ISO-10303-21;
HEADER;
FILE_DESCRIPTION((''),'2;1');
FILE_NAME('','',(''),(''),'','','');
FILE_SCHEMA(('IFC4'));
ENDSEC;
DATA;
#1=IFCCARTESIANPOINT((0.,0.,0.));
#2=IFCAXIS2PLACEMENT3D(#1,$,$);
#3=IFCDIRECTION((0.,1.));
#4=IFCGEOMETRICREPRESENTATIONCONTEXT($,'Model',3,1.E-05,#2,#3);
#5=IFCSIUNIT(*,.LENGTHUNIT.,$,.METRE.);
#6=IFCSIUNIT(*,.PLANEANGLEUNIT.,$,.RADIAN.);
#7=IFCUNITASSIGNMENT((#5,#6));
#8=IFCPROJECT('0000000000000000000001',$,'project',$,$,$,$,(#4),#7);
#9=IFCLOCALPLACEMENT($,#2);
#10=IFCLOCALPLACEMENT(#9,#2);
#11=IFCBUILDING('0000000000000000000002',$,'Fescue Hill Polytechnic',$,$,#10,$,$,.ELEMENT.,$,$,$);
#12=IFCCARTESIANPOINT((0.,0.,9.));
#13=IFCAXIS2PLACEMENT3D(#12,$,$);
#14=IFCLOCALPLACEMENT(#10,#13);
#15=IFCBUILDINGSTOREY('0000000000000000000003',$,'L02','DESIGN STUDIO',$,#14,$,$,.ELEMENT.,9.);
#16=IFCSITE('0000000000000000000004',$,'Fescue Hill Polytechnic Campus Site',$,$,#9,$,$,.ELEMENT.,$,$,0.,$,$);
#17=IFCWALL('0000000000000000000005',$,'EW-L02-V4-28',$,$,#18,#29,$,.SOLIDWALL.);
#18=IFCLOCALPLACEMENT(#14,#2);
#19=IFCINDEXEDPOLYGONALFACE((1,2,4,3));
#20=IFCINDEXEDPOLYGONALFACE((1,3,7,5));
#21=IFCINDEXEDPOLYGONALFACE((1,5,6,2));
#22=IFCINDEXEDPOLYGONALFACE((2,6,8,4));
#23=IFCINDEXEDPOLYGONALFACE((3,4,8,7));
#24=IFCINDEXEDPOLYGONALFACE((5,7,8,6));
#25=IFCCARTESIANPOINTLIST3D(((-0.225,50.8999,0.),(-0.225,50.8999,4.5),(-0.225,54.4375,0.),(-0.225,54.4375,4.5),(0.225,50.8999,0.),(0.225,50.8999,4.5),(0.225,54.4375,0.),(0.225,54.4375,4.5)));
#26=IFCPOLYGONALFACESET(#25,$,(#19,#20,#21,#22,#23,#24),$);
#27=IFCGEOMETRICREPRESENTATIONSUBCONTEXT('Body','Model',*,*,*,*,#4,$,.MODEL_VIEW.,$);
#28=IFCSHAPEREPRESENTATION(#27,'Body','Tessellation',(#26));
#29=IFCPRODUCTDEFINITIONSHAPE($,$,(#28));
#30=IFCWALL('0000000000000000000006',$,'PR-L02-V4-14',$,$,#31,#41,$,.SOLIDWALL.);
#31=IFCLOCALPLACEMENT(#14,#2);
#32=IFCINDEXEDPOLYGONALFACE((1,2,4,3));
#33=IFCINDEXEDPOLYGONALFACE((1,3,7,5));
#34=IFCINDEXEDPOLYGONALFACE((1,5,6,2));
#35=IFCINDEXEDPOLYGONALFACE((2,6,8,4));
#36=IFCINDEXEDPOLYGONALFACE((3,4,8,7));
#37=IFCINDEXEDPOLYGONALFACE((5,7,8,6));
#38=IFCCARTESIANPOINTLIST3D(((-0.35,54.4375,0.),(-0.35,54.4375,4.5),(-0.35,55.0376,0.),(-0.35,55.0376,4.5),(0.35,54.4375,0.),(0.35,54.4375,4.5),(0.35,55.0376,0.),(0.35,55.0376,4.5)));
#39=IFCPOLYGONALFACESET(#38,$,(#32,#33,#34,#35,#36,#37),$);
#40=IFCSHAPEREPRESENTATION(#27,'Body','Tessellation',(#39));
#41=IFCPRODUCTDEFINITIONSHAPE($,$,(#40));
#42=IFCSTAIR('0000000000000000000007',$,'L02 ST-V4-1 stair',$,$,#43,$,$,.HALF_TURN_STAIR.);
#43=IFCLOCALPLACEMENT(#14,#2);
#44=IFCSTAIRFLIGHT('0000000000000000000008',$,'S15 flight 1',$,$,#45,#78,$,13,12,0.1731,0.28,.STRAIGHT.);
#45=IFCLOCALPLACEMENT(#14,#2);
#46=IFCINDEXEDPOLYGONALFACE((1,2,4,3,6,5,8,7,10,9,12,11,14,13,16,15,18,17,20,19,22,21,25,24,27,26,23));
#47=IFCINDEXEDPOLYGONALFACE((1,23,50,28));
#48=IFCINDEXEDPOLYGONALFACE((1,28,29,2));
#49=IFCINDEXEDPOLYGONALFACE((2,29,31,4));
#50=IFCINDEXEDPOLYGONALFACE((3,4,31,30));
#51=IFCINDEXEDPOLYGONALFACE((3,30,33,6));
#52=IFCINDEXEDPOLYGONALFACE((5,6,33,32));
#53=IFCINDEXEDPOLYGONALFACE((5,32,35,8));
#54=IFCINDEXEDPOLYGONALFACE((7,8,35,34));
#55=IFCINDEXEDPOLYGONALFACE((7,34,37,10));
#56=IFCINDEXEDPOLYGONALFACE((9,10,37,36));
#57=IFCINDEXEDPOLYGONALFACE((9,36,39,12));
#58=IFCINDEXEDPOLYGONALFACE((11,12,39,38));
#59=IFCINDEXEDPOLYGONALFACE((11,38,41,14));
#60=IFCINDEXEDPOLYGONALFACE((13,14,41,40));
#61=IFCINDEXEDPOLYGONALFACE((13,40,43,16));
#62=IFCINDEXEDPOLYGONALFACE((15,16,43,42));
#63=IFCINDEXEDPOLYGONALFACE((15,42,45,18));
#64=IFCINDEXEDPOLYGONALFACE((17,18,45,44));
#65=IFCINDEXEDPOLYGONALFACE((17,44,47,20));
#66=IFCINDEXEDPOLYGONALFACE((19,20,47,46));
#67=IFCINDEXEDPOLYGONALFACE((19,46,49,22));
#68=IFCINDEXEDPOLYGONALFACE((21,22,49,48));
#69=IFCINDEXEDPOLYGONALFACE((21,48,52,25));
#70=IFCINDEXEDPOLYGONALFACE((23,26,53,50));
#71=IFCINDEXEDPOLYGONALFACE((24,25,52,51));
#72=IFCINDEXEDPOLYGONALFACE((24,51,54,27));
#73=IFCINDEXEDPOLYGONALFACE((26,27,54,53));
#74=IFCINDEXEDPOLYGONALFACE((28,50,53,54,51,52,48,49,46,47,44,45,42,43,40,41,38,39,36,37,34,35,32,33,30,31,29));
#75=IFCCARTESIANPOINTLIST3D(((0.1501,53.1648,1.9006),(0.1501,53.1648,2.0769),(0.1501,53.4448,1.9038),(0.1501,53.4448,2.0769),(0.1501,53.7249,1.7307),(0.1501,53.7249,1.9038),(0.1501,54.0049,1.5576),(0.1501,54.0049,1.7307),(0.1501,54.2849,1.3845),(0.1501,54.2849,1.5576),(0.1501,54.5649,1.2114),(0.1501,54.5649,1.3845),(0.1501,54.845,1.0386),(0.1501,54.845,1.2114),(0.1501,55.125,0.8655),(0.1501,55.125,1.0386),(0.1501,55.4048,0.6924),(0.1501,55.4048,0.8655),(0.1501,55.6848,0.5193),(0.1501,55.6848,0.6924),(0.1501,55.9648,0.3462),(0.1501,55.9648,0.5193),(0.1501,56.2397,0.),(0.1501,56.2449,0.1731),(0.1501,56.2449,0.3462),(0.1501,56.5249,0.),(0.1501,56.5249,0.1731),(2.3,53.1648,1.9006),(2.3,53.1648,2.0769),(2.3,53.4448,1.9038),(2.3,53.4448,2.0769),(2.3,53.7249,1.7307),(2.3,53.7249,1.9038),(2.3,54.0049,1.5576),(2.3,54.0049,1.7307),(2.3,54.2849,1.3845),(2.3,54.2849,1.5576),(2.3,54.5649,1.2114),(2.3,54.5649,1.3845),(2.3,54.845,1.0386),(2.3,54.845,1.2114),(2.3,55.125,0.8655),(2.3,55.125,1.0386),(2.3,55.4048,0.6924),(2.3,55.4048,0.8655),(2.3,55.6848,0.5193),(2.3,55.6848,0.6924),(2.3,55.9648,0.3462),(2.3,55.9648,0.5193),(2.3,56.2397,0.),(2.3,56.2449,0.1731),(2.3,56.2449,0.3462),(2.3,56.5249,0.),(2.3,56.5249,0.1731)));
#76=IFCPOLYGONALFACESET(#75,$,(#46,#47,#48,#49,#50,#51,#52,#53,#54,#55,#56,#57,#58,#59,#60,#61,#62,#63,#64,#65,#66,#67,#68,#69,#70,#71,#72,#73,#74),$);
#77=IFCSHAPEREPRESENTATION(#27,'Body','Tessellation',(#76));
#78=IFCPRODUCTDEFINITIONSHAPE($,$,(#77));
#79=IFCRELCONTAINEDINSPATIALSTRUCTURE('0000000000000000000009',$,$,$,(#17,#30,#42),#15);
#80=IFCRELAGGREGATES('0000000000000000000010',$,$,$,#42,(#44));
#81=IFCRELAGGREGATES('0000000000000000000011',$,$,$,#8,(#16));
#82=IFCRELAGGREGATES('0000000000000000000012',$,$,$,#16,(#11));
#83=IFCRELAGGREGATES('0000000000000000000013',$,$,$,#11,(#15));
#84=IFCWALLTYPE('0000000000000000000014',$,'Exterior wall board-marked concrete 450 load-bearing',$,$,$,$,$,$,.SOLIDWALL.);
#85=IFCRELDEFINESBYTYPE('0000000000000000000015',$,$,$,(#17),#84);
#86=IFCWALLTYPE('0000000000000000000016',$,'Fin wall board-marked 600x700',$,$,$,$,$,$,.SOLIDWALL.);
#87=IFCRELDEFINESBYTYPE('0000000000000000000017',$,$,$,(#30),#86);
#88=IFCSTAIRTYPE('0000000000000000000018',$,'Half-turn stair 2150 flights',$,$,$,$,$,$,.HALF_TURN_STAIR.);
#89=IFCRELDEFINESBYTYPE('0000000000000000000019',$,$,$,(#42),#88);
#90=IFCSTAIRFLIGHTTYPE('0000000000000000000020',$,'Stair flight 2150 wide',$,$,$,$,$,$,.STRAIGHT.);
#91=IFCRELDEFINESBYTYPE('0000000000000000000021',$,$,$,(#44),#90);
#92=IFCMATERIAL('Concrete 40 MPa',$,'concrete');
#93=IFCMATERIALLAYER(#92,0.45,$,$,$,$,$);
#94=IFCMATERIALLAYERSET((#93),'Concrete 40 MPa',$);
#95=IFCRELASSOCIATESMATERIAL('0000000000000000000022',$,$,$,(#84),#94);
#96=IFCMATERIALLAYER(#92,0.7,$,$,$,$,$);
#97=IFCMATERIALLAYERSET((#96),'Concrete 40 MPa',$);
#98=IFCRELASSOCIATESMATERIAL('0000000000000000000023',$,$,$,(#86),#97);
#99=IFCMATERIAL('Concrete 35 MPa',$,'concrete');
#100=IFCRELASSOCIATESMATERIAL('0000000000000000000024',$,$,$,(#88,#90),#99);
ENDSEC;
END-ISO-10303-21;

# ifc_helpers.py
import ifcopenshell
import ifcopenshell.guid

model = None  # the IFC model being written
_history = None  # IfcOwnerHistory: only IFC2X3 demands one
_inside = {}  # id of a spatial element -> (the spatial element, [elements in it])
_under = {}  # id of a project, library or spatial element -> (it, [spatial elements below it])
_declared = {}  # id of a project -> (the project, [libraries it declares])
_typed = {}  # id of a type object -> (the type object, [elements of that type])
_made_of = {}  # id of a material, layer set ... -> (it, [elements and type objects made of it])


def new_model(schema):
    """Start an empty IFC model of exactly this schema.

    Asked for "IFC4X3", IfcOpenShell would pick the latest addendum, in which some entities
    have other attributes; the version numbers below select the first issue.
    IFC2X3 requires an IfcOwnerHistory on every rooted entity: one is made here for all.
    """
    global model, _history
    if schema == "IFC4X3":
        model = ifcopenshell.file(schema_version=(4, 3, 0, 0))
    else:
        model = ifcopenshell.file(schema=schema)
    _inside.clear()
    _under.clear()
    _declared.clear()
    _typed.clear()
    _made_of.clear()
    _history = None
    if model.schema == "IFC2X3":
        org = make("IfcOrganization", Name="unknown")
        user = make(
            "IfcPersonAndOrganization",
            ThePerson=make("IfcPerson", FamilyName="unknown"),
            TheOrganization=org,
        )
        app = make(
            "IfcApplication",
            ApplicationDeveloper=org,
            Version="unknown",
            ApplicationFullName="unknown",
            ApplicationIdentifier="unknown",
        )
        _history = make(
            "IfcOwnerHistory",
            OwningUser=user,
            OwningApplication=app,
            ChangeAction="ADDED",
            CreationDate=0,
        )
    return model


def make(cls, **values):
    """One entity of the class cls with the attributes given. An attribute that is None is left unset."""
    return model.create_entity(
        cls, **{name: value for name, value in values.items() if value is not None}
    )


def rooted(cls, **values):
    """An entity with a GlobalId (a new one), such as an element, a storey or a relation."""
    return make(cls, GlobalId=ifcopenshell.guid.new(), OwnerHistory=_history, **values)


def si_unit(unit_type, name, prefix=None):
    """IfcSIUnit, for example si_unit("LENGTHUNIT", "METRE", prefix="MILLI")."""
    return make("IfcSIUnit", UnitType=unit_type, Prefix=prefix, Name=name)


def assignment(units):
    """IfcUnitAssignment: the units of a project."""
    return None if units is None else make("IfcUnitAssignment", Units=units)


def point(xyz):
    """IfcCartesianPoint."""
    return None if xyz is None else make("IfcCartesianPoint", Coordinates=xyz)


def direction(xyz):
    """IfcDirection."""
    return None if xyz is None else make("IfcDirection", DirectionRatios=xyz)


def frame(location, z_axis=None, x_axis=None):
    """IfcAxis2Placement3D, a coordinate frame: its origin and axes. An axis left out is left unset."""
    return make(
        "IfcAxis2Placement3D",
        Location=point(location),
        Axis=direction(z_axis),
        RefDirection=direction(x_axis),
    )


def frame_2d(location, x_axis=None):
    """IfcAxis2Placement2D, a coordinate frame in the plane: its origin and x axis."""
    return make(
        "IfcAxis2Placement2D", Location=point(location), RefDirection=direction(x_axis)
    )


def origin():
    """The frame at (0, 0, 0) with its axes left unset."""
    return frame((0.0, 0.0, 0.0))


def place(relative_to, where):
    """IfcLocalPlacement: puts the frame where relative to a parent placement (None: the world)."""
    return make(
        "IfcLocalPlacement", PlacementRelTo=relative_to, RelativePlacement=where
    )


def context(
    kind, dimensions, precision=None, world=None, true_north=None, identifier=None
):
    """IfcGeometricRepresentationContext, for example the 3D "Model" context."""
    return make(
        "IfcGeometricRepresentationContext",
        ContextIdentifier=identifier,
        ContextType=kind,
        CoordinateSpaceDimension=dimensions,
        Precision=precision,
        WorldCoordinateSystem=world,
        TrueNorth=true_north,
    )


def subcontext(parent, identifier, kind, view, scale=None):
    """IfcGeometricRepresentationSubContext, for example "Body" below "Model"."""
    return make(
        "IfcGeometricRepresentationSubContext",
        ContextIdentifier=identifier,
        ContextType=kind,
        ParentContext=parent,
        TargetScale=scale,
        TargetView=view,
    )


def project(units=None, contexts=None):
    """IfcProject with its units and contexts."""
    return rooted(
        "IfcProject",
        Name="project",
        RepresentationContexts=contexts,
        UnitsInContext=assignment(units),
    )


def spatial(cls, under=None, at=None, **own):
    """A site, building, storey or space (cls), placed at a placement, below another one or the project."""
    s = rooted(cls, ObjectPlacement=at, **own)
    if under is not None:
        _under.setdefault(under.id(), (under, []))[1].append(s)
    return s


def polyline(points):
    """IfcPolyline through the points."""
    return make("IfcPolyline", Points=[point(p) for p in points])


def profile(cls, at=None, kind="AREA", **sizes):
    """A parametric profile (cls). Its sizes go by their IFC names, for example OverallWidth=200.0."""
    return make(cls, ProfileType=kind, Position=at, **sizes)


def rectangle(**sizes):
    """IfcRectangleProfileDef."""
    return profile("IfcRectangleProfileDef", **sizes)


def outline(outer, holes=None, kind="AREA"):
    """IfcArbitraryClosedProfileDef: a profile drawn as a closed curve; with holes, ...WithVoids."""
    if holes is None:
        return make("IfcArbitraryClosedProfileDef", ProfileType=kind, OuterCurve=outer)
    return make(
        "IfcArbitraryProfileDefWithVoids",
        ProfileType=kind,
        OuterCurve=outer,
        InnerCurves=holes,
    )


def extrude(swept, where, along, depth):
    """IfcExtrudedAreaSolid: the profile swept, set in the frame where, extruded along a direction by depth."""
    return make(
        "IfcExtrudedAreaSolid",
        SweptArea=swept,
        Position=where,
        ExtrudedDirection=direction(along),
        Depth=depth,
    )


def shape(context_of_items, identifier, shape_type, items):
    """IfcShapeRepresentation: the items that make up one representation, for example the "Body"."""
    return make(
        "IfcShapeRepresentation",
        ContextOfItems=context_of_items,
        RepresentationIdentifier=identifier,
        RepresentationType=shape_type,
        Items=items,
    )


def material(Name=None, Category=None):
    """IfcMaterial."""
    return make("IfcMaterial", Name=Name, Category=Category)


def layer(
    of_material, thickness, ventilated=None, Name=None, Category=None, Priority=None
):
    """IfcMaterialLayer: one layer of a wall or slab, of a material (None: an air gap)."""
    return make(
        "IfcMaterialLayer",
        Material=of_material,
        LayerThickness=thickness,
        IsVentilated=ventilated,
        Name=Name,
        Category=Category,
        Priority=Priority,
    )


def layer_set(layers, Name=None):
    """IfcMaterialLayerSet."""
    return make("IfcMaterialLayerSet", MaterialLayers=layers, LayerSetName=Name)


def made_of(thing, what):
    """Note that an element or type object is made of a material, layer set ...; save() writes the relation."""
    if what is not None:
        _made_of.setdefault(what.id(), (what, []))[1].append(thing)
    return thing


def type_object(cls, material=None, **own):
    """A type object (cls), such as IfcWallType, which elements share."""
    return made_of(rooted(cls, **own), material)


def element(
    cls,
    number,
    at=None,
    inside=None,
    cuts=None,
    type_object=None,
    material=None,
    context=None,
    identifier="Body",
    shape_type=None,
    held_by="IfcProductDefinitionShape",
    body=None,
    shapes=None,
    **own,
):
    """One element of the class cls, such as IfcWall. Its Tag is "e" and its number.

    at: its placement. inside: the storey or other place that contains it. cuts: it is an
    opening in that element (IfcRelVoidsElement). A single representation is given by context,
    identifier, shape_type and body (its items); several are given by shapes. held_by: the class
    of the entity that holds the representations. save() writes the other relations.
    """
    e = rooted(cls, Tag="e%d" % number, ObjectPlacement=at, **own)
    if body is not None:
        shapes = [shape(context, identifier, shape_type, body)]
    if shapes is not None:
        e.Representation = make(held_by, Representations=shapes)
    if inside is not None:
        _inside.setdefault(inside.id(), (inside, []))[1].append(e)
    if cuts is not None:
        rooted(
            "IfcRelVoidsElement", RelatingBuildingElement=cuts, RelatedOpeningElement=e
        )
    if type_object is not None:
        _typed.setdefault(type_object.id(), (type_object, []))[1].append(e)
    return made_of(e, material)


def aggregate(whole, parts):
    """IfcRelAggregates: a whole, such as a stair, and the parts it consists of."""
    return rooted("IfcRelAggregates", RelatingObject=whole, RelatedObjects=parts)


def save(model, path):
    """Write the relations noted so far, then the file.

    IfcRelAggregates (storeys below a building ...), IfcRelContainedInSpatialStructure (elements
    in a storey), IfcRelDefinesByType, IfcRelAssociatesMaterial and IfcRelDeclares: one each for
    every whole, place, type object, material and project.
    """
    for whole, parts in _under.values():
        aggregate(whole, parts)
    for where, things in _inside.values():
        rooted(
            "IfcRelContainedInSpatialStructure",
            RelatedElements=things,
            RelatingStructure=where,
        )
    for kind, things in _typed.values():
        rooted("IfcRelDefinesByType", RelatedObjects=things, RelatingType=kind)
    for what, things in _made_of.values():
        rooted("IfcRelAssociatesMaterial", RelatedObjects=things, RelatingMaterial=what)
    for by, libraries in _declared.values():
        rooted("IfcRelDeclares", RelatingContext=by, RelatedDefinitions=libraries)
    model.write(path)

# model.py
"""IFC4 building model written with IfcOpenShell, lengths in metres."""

from ifc_helpers import new_model, si_unit, direction, frame, frame_2d, origin, place, context, subcontext, project, spatial, polyline, rectangle, outline, extrude, material, layer, layer_set, type_object, element, aggregate, save


model = new_model("IFC4")

# Units and contexts
model_context = context("Model", 3, precision=1e-05, world=origin(), true_north=direction((0.0, 1.0)))
body_context = subcontext(model_context, "Body", "Model", "MODEL_VIEW")
ifc_project = project(units=[si_unit("LENGTHUNIT", "METRE"), si_unit("PLANEANGLEUNIT", "RADIAN")], contexts=[model_context])

# Site, building, storey
site_placement = place(None, origin())
site = spatial("IfcSite", under=ifc_project, at=site_placement, Name="Fescue Hill Polytechnic Campus Site", CompositionType="ELEMENT", RefElevation=0.0)
building_placement = place(site_placement, origin())
building = spatial("IfcBuilding", under=site, at=building_placement, Name="Fescue Hill Polytechnic", CompositionType="ELEMENT")
storey_placement = place(building_placement, frame((0.0, 0.0, 9.0)))
storey = spatial("IfcBuildingStorey", under=building, at=storey_placement, Name="L02", Description="DESIGN STUDIO", CompositionType="ELEMENT", Elevation=9.0)

# Shared definitions
ifc_material_1 = material(Name="Concrete 40 MPa", Category="concrete")

# Shared definitions
ifc_material_2 = material(Name="Concrete 35 MPa", Category="concrete")

# Walls
ifc_layer_1 = layer(ifc_material_1, 0.45)
ifc_layer_set_1 = layer_set([ifc_layer_1], Name="Concrete 40 MPa")
wall_type_1 = type_object("IfcWallType", Name="Exterior wall board-marked concrete 450 load-bearing", PredefinedType="SOLIDWALL", material=ifc_layer_set_1)
wall_1_placement = place(storey_placement, frame((0.0, 54.4375, 0.0), z_axis=(0.0, 0.0, 1.0), x_axis=(0.0, -1.0, 0.0)))
element("IfcWall", 1, at=wall_1_placement, inside=storey, type_object=wall_type_1, Name="EW-L02-V4-28", PredefinedType="SOLIDWALL", context=body_context, shape_type="SweptSolid", body=[
    extrude(rectangle(XDim=3.5376, YDim=0.45, at=frame_2d((1.7688, 0.0))), origin(), (0.0, 0.0, 1.0), 4.5),
])
ifc_layer_2 = layer(ifc_material_1, 0.7)
ifc_layer_set_2 = layer_set([ifc_layer_2], Name="Concrete 40 MPa")
wall_type_2 = type_object("IfcWallType", Name="Fin wall board-marked 600x700", PredefinedType="SOLIDWALL", material=ifc_layer_set_2)
wall_2_placement = place(storey_placement, frame((0.0, 55.0376, 0.0), z_axis=(0.0, 0.0, 1.0), x_axis=(0.0, -1.0, 0.0)))
element("IfcWall", 2, at=wall_2_placement, inside=storey, type_object=wall_type_2, Name="PR-L02-V4-14", PredefinedType="SOLIDWALL", context=body_context, shape_type="SweptSolid", body=[
    extrude(rectangle(XDim=0.6001, YDim=0.7, at=frame_2d((0.3, 0.0))), origin(), (0.0, 0.0, 1.0), 4.5),
])

# Stair, stair flight
stair_type = type_object("IfcStairType", Name="Half-turn stair 2150 flights", PredefinedType="HALF_TURN_STAIR", material=ifc_material_2)
stair_placement = place(storey_placement, origin())
stair = element("IfcStair", 3, at=stair_placement, inside=storey, type_object=stair_type, Name="L02 ST-V4-1 stair", PredefinedType="HALF_TURN_STAIR")
stair_flight_type = type_object("IfcStairFlightType", Name="Stair flight 2150 wide", PredefinedType="STRAIGHT", material=ifc_material_2)
stair_flight_placement = place(storey_placement, frame((1.2251, 56.5249, 0.0), z_axis=(0.0, 0.0, 1.0), x_axis=(0.0, -1.0, 0.0)))
stair_flight = element("IfcStairFlight", 4, at=stair_flight_placement, type_object=stair_flight_type, Name="S15 flight 1", NumberOfRisers=13, NumberOfTreads=12, PredefinedType="STRAIGHT", RiserHeight=0.1731, TreadLength=0.28, context=body_context, shape_type="SweptSolid", body=[
    extrude(outline(polyline([(0.0, 0.0), (0.0, 0.1731), (0.28, 0.1731), (0.28, 0.3462), (0.5601, 0.3462), (0.5601, 0.5193), (0.8401, 0.5193), (0.8401, 0.6924), (1.1201, 0.6924), (1.1201, 0.8655), (1.3999, 0.8655), (1.3999, 1.0386), (1.6799, 1.0386), (1.6799, 1.2114), (1.96, 1.2114), (1.96, 1.3845), (2.24, 1.3845), (2.24, 1.5576), (2.52, 1.5576), (2.52, 1.7307), (2.8, 1.7307), (2.8, 1.9038), (3.0801, 1.9038), (3.0801, 2.0769), (3.3601, 2.0769), (3.3601, 2.25), (3.3601, 1.9006), (0.2852, 0.0), (0.0, 0.0)])), frame((0.0, 1.075, 0.0), z_axis=(0.0, -1.0, 0.0), x_axis=(1.0, 0.0, 0.0)), (0.0, 0.0, 1.0), 2.1499),
])
aggregate(stair, [stair_flight])

save(model, "model.ifc")
